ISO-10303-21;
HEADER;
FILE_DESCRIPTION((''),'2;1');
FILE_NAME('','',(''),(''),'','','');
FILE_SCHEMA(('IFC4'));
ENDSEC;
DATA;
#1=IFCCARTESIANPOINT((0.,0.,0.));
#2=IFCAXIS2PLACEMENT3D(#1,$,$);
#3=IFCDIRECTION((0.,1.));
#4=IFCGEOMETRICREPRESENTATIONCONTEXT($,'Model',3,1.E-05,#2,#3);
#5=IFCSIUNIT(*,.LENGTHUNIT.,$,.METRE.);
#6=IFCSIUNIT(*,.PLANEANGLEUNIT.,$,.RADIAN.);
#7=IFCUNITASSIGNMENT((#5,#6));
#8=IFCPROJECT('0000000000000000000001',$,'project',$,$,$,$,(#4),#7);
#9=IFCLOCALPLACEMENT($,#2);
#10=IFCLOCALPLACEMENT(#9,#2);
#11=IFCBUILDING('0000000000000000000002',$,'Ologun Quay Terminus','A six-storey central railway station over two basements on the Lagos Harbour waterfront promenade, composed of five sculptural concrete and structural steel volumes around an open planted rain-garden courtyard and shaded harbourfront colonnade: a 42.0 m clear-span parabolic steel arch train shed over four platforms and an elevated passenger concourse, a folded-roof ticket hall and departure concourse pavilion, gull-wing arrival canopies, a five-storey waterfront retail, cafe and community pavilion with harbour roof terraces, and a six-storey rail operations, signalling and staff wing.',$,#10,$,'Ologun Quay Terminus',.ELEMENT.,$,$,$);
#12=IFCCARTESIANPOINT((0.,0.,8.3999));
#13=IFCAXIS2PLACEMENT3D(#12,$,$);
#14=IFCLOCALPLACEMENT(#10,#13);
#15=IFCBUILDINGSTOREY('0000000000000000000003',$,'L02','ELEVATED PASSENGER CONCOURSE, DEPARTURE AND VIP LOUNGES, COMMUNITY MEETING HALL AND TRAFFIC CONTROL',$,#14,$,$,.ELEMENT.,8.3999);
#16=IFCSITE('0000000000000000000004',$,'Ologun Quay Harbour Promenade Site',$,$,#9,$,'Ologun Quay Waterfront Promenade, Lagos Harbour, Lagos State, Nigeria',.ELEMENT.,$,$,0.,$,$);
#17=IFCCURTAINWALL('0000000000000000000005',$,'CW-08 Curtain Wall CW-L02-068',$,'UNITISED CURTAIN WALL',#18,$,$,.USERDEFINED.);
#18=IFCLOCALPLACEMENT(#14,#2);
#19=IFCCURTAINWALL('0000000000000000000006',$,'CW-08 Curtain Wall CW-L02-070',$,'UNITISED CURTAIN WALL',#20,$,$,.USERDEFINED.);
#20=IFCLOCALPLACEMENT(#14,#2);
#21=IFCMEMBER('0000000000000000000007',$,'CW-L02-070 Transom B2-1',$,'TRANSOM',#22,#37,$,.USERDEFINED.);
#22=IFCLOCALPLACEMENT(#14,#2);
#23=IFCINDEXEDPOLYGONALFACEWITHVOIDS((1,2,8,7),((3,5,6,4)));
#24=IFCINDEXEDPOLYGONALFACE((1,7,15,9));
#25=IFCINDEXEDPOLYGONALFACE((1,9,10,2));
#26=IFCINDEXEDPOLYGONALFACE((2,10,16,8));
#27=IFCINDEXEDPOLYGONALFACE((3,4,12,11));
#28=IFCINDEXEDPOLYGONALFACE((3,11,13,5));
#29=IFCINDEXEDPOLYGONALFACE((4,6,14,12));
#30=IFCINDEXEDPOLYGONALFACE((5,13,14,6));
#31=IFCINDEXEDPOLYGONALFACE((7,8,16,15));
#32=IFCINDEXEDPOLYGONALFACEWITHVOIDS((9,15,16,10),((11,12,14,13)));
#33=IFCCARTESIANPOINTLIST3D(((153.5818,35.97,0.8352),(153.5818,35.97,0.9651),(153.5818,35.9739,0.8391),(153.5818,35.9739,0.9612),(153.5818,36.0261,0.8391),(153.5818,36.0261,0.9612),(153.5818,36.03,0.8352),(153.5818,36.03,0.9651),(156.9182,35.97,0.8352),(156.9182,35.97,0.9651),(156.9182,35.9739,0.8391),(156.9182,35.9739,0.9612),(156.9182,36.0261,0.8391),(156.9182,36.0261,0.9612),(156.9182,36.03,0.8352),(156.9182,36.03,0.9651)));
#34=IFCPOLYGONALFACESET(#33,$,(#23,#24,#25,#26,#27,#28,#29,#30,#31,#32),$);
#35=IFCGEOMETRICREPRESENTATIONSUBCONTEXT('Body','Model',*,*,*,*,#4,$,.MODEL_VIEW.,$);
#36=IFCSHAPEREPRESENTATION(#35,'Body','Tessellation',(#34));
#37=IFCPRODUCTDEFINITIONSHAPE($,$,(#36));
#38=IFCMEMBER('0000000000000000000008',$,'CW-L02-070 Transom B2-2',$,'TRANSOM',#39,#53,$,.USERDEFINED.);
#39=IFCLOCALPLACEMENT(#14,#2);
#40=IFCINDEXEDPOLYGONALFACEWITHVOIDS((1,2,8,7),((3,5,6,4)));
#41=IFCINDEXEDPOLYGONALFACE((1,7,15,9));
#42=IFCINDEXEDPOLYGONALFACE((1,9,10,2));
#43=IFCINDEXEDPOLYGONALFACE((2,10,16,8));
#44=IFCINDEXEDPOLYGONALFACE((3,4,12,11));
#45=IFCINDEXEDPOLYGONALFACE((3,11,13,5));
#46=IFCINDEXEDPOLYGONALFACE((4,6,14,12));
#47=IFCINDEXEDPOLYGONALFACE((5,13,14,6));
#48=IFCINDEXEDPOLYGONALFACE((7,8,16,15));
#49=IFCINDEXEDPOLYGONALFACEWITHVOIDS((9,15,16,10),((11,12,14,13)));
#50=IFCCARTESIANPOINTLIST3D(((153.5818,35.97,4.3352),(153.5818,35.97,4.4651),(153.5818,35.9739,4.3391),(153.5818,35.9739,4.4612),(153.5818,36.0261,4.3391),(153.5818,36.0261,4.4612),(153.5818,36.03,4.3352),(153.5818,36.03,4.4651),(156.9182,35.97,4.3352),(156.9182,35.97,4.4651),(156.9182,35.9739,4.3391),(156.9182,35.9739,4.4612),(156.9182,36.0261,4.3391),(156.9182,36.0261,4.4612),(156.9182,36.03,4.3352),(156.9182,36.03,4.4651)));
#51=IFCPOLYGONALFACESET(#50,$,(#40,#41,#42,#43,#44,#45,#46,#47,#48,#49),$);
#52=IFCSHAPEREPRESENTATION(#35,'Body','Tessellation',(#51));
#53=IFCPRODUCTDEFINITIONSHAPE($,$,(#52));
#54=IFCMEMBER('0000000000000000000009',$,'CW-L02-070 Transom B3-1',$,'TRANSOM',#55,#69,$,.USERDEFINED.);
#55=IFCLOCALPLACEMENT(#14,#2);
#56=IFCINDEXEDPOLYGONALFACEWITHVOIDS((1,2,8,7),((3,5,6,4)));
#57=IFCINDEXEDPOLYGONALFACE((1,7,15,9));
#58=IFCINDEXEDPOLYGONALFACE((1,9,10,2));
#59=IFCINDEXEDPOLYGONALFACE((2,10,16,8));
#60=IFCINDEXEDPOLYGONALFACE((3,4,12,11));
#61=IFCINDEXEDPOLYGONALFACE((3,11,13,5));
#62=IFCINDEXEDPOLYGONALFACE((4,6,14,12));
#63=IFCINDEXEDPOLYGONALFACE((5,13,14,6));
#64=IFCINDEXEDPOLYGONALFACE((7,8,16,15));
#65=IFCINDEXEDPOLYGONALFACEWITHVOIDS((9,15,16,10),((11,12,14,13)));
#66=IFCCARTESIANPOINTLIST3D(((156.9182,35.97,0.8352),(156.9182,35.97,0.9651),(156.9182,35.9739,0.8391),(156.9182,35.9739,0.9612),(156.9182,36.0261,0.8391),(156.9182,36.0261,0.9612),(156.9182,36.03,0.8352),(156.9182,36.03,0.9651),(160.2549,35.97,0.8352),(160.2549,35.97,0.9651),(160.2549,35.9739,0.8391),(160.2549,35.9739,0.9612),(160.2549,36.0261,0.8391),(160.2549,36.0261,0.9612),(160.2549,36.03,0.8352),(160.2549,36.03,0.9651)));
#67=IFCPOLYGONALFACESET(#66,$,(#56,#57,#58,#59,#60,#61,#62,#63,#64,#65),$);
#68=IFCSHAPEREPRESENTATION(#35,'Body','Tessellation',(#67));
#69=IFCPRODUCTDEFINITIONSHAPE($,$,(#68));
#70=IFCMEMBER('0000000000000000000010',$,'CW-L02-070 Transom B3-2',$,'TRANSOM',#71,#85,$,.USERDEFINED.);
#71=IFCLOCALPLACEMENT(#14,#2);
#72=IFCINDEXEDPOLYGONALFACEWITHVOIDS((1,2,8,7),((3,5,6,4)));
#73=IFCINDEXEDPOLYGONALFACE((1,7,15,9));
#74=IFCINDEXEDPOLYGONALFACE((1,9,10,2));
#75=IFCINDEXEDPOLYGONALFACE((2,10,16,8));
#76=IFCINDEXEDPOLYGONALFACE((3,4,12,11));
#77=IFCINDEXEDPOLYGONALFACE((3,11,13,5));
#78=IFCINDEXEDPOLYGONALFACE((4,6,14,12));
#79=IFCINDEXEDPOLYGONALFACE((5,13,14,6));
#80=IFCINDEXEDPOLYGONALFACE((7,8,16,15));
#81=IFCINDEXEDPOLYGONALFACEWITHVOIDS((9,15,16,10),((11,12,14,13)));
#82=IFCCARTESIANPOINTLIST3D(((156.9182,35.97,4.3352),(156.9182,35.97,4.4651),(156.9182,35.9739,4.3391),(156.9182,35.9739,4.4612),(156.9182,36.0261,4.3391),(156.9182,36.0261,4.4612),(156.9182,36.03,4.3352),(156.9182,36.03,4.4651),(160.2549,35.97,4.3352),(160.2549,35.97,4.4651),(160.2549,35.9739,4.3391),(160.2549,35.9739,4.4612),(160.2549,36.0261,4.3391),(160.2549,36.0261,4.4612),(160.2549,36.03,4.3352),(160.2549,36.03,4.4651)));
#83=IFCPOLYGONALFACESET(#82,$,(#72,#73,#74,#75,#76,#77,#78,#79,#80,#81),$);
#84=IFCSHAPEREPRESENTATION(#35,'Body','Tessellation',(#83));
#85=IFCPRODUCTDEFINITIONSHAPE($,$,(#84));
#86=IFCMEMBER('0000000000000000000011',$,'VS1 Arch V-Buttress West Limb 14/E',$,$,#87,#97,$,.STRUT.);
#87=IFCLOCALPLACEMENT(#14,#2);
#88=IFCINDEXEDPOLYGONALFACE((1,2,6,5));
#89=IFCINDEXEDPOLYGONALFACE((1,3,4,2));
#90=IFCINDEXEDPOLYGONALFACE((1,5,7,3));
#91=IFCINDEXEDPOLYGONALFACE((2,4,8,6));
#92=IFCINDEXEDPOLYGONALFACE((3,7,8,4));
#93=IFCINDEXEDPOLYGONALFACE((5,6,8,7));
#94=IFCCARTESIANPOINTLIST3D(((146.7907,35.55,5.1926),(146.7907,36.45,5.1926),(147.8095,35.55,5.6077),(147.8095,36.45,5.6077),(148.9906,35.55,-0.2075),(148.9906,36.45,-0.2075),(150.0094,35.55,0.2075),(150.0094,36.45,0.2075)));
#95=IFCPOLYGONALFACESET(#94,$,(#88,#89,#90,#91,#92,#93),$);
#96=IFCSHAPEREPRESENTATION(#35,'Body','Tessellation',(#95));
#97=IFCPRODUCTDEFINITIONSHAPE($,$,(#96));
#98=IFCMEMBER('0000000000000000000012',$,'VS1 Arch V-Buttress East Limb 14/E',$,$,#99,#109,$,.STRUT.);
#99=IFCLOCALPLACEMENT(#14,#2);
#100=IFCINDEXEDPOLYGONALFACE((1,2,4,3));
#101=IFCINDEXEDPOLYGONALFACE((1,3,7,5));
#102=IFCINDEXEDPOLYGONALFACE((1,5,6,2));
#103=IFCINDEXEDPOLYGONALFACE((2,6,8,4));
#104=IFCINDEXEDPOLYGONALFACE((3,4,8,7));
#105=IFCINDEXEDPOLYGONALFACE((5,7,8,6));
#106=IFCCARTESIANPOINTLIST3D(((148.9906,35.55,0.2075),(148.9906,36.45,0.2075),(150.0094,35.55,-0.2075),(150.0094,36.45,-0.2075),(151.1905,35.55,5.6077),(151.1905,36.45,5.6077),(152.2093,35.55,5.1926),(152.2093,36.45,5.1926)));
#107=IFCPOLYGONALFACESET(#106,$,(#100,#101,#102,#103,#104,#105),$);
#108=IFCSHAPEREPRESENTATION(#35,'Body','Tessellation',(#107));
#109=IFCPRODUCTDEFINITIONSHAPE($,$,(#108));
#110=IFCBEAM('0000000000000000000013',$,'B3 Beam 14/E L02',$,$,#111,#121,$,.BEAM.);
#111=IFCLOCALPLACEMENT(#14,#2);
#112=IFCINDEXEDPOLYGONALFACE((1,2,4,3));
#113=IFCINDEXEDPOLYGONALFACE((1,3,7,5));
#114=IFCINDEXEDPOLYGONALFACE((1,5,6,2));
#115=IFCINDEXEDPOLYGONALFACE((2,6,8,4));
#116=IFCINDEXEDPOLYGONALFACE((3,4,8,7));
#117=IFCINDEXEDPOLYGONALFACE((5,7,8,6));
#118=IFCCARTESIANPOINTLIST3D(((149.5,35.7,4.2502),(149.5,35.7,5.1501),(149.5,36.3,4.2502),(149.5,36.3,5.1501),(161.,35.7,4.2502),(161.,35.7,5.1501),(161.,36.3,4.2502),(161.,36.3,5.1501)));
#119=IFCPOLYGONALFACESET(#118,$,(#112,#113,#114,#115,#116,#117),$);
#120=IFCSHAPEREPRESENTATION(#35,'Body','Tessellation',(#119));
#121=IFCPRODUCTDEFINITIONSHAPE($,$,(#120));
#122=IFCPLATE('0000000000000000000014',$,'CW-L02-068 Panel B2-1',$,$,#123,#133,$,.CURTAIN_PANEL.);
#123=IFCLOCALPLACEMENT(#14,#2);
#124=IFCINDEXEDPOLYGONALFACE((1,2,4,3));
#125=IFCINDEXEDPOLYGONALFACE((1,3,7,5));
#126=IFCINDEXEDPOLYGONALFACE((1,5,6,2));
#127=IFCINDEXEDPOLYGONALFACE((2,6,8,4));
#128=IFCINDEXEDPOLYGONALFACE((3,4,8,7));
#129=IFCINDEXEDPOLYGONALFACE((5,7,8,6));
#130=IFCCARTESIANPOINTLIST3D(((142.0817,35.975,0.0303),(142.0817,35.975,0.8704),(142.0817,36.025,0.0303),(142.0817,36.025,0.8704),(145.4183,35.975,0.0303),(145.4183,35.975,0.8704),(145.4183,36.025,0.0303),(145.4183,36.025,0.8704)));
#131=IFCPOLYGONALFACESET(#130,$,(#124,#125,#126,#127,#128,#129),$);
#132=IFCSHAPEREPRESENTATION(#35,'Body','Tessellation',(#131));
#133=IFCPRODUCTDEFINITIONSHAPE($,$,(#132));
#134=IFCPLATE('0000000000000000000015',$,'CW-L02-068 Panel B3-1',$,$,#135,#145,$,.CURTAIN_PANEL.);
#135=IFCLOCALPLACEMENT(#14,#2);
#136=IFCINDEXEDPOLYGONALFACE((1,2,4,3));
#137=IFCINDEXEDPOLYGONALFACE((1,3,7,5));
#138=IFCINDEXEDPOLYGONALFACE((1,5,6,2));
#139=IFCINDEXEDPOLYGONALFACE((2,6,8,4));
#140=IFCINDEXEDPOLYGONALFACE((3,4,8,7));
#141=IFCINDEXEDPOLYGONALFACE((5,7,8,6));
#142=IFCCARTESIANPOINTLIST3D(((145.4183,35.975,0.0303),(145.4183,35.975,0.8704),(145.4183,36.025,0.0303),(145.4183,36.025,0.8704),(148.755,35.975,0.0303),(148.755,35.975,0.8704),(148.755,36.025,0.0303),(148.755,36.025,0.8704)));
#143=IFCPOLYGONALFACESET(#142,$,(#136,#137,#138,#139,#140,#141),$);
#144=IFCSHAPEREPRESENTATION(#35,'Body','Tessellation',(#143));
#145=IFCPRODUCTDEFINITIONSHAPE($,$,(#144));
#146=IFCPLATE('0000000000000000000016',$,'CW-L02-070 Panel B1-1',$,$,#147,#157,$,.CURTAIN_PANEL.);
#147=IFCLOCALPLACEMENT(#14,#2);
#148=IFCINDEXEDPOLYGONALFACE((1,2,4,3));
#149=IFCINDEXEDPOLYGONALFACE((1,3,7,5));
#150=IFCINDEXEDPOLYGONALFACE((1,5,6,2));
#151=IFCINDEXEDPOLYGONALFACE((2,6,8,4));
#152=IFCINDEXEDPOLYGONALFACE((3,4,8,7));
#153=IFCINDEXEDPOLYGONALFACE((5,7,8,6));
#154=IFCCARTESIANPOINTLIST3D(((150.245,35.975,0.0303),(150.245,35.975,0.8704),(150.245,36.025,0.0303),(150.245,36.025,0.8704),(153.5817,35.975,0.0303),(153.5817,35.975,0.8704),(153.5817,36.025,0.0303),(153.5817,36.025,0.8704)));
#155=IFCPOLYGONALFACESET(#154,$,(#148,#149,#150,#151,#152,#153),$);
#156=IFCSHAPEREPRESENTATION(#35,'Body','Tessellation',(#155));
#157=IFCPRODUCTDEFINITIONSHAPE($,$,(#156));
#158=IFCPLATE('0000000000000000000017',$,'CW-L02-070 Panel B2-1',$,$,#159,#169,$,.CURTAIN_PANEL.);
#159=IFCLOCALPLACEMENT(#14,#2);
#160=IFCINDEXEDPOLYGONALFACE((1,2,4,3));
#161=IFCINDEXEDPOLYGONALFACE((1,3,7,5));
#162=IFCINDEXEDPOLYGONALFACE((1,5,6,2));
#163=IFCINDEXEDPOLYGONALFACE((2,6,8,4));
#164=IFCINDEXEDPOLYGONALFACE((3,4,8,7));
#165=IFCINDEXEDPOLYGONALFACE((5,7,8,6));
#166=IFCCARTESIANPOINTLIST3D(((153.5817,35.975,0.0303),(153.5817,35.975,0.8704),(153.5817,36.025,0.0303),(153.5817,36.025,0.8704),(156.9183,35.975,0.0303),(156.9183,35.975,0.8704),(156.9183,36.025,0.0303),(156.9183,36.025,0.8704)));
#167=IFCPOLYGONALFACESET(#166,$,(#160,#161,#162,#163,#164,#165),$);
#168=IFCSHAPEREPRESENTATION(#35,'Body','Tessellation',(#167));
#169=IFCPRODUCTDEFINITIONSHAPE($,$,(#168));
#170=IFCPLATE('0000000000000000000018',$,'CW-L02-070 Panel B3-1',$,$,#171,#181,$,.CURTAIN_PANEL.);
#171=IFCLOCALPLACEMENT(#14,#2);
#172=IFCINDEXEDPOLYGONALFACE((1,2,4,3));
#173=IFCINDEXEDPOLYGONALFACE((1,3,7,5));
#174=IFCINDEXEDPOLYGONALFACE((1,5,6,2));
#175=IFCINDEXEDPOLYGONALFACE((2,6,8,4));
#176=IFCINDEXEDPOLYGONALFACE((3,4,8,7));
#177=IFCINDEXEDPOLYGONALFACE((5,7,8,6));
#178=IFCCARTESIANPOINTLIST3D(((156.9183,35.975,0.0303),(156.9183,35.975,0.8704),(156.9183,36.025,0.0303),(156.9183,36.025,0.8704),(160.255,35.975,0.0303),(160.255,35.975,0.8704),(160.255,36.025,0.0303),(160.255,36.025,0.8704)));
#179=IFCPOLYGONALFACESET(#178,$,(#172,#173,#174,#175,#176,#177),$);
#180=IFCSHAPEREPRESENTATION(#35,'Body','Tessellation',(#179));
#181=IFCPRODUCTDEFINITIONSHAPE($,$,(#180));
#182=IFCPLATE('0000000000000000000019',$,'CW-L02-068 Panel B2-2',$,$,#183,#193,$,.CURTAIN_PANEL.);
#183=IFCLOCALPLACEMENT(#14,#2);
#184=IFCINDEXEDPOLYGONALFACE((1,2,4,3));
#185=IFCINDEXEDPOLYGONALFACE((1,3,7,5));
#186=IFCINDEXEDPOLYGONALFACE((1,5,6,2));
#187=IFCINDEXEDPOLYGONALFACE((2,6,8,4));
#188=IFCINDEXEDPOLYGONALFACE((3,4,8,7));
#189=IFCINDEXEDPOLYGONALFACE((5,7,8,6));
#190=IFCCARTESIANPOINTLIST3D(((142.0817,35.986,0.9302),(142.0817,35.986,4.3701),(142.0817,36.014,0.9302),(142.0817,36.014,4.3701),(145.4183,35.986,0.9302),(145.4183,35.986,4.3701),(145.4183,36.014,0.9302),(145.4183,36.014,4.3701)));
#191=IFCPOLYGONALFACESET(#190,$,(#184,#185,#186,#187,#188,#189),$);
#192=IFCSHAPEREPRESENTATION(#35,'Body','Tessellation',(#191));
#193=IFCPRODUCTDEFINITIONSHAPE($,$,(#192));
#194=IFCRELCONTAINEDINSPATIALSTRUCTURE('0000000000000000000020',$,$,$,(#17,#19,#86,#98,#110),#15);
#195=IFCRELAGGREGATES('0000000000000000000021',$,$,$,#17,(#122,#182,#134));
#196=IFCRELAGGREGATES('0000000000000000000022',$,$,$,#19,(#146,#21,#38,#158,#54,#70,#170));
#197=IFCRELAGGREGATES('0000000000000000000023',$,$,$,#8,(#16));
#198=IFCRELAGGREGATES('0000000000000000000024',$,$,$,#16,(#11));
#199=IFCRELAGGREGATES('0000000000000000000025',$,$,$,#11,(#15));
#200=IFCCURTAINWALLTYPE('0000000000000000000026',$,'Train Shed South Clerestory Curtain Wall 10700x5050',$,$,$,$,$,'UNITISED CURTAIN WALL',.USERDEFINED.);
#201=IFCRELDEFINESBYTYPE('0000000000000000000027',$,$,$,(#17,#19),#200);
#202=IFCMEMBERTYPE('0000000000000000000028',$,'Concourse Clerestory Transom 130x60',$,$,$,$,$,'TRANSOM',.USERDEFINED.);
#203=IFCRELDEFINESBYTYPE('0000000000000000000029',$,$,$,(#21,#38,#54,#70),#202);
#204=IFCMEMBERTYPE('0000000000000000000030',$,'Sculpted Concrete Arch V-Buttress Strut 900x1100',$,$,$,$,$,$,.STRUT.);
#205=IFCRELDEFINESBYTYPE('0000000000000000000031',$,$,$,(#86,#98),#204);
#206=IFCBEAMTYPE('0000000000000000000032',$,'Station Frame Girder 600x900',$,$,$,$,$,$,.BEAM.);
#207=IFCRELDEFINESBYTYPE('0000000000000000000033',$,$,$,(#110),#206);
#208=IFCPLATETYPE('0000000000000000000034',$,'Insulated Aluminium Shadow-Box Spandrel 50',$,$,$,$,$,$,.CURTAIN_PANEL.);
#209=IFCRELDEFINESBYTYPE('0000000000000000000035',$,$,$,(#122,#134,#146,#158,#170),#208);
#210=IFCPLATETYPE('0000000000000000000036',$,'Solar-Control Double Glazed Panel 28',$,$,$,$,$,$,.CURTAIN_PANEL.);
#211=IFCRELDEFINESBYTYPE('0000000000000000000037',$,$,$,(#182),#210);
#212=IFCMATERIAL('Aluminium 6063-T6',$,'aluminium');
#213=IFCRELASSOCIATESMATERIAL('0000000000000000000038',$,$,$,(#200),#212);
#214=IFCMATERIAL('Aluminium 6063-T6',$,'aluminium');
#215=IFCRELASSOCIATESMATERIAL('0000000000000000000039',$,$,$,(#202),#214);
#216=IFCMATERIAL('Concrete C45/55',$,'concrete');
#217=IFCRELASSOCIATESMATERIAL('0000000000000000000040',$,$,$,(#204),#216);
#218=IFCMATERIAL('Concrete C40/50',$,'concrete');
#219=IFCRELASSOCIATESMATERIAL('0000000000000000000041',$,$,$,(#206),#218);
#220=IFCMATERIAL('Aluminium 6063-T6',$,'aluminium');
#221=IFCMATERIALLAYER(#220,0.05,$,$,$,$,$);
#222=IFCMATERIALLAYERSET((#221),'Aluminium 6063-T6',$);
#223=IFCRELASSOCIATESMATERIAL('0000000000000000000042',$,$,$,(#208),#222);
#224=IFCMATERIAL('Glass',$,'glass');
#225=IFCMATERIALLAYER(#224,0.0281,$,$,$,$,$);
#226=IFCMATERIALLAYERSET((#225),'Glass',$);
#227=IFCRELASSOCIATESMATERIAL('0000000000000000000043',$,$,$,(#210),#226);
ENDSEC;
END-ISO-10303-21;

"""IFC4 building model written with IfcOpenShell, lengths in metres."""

from ifc_helpers import new_model, si_unit, direction, frame, origin, origin_2d, place, context, subcontext, project, spatial, rectangle, hollow_rectangle, extrude, material, layer, layer_set, material_profile, profile_set, type_object, element, aggregate, save


model = new_model("IFC4")

# Units and contexts
model_context = context("Model", 3, precision=1e-05, world=origin(), true_north=direction((0.0, 1.0)))
body_context = subcontext(model_context, "Body", "Model", "MODEL_VIEW")
ifc_project = project(units=[si_unit("LENGTHUNIT", "METRE"), si_unit("PLANEANGLEUNIT", "RADIAN")], contexts=[model_context])

# Site, building, storey
site_placement = place(None, origin())
site = spatial("IfcSite", under=ifc_project, at=site_placement, Name="Ologun Quay Harbour Promenade Site", LongName="Ologun Quay Waterfront Promenade, Lagos Harbour, Lagos State, Nigeria", CompositionType="ELEMENT", RefElevation=0.0)
building_placement = place(site_placement, origin())
building = spatial("IfcBuilding", under=site, at=building_placement, Name="Ologun Quay Terminus", Description="A six-storey central railway station over two basements on the Lagos Harbour waterfront promenade, composed of five sculptural concrete and structural steel volumes around an open planted rain-garden courtyard and shaded harbourfront colonnade: a 42.0 m clear-span parabolic steel arch train shed over four platforms and an elevated passenger concourse, a folded-roof ticket hall and departure concourse pavilion, gull-wing arrival canopies, a five-storey waterfront retail, cafe and community pavilion with harbour roof terraces, and a six-storey rail operations, signalling and staff wing.", LongName="Ologun Quay Terminus", CompositionType="ELEMENT")
storey_placement = place(building_placement, frame((0.0, 0.0, 8.3999)))
storey = spatial("IfcBuildingStorey", under=building, at=storey_placement, Name="L02", Description="ELEVATED PASSENGER CONCOURSE, DEPARTURE AND VIP LOUNGES, COMMUNITY MEETING HALL AND TRAFFIC CONTROL", CompositionType="ELEMENT", Elevation=8.3999)

# Curtain walls
ifc_material_1 = material(Name="Aluminium 6063-T6", Category="aluminium")
curtain_wall_type = type_object("IfcCurtainWallType", Name="Train Shed South Clerestory Curtain Wall 10700x5050", ElementType="UNITISED CURTAIN WALL", PredefinedType="USERDEFINED", material=ifc_material_1)
curtain_wall_1_placement = place(storey_placement, origin())
curtain_wall_1 = element("IfcCurtainWall", 1, at=curtain_wall_1_placement, inside=storey, type_object=curtain_wall_type, Name="CW-08 Curtain Wall CW-L02-068", ObjectType="UNITISED CURTAIN WALL", PredefinedType="USERDEFINED")
curtain_wall_2_placement = place(storey_placement, origin())
curtain_wall_2 = element("IfcCurtainWall", 2, at=curtain_wall_2_placement, inside=storey, type_object=curtain_wall_type, Name="CW-08 Curtain Wall CW-L02-070", ObjectType="UNITISED CURTAIN WALL", PredefinedType="USERDEFINED")

# Members
ifc_material_2 = material(Name="Aluminium 6063-T6", Category="aluminium")
ifc_material_profile_1 = material_profile(ifc_material_2, hollow_rectangle(XDim=0.0601, YDim=0.1299, WallThickness=0.0039, at=origin_2d()), Name="ALU 130x60x4")
ifc_profile_set_1 = profile_set([ifc_material_profile_1], Name="Aluminium 6063-T6")
member_type_1 = type_object("IfcMemberType", Name="Concourse Clerestory Transom 130x60", ElementType="TRANSOM", PredefinedType="USERDEFINED", material=ifc_profile_set_1)
member_1_placement = place(storey_placement, frame((153.5818, 36.0, 0.9001), z_axis=(1.0, 0.0, 0.0), x_axis=(0.0, 1.0, 0.0)))
member_1 = element("IfcMember", 3, at=member_1_placement, type_object=member_type_1, Name="CW-L02-070 Transom B2-1", ObjectType="TRANSOM", PredefinedType="USERDEFINED", context=body_context, shape_type="SweptSolid", body=[
    extrude(hollow_rectangle(XDim=0.0601, YDim=0.1299, WallThickness=0.0039, at=origin_2d()), origin(), (0.0, 0.0, 1.0), 3.3364),
])
member_2_placement = place(storey_placement, frame((153.5818, 36.0, 4.4001), z_axis=(1.0, 0.0, 0.0), x_axis=(0.0, 1.0, 0.0)))
member_2 = element("IfcMember", 4, at=member_2_placement, type_object=member_type_1, Name="CW-L02-070 Transom B2-2", ObjectType="TRANSOM", PredefinedType="USERDEFINED", context=body_context, shape_type="SweptSolid", body=[
    extrude(hollow_rectangle(XDim=0.0601, YDim=0.1299, WallThickness=0.0039, at=origin_2d()), origin(), (0.0, 0.0, 1.0), 3.3364),
])
member_3_placement = place(storey_placement, frame((156.9182, 36.0, 0.9001), z_axis=(1.0, 0.0, 0.0), x_axis=(0.0, 1.0, 0.0)))
member_3 = element("IfcMember", 5, at=member_3_placement, type_object=member_type_1, Name="CW-L02-070 Transom B3-1", ObjectType="TRANSOM", PredefinedType="USERDEFINED", context=body_context, shape_type="SweptSolid", body=[
    extrude(hollow_rectangle(XDim=0.0601, YDim=0.1299, WallThickness=0.0039, at=origin_2d()), origin(), (0.0, 0.0, 1.0), 3.3367),
])
member_4_placement = place(storey_placement, frame((156.9182, 36.0, 4.4001), z_axis=(1.0, 0.0, 0.0), x_axis=(0.0, 1.0, 0.0)))
member_4 = element("IfcMember", 6, at=member_4_placement, type_object=member_type_1, Name="CW-L02-070 Transom B3-2", ObjectType="TRANSOM", PredefinedType="USERDEFINED", context=body_context, shape_type="SweptSolid", body=[
    extrude(hollow_rectangle(XDim=0.0601, YDim=0.1299, WallThickness=0.0039, at=origin_2d()), origin(), (0.0, 0.0, 1.0), 3.3367),
])

# Members
ifc_material_3 = material(Name="Concrete C45/55", Category="concrete")
ifc_material_profile_2 = material_profile(ifc_material_3, rectangle(XDim=0.8999, YDim=1.1001, at=origin_2d()), Name="RC 900x1100")
ifc_profile_set_2 = profile_set([ifc_material_profile_2], Name="Concrete C45/55")
member_type_2 = type_object("IfcMemberType", Name="Sculpted Concrete Arch V-Buttress Strut 900x1100", PredefinedType="STRUT", material=ifc_profile_set_2)
for number, where, z_axis, x_axis, name in (
    (7, (149.5, 36.0, 0.0), (-0.377281, 0.0, 0.926099), (0.0, -1.0, 0.0), "VS1 Arch V-Buttress West Limb 14/E"),
    (8, (149.5, 36.0, 0.0), (0.377281, 0.0, 0.926099), (0.0, 1.0, 0.0), "VS1 Arch V-Buttress East Limb 14/E"),
):
    element("IfcMember", number, at=place(storey_placement, frame(where, z_axis=z_axis, x_axis=x_axis)), inside=storey, type_object=member_type_2, Name=name, PredefinedType="STRUT", context=body_context, shape_type="SweptSolid", body=[
        extrude(rectangle(XDim=0.8999, YDim=1.1001, at=origin_2d()), origin(), (0.0, 0.0, 1.0), 5.8311),
    ])

# Beam
ifc_material_4 = material(Name="Concrete C40/50", Category="concrete")
ifc_material_profile_3 = material_profile(ifc_material_4, rectangle(XDim=0.6001, YDim=0.8999, at=origin_2d()), Name="RC 600x900")
ifc_profile_set_3 = profile_set([ifc_material_profile_3], Name="Concrete C40/50")
beam_type = type_object("IfcBeamType", Name="Station Frame Girder 600x900", PredefinedType="BEAM", material=ifc_profile_set_3)
beam_placement = place(storey_placement, frame((149.5, 36.0, 4.7002), z_axis=(1.0, 0.0, 0.0), x_axis=(0.0, 1.0, 0.0)))
element("IfcBeam", 9, at=beam_placement, inside=storey, type_object=beam_type, Name="B3 Beam 14/E L02", PredefinedType="BEAM", context=body_context, shape_type="SweptSolid", body=[
    extrude(rectangle(XDim=0.6001, YDim=0.8999, at=origin_2d()), origin(), (0.0, 0.0, 1.0), 11.5),
])

# Plates
ifc_material_5 = material(Name="Aluminium 6063-T6", Category="aluminium")
ifc_layer_1 = layer(ifc_material_5, 0.05)
ifc_layer_set_1 = layer_set([ifc_layer_1], Name="Aluminium 6063-T6")
plate_type_1 = type_object("IfcPlateType", Name="Insulated Aluminium Shadow-Box Spandrel 50", PredefinedType="CURTAIN_PANEL", material=ifc_layer_set_1)
plate_1_placement = place(storey_placement, frame((143.75, 36.0, 0.0303), z_axis=(0.0, 0.0, 1.0), x_axis=(1.0, 0.0, 0.0)))
plate_1 = element("IfcPlate", 10, at=plate_1_placement, type_object=plate_type_1, Name="CW-L02-068 Panel B2-1", PredefinedType="CURTAIN_PANEL", context=body_context, shape_type="SweptSolid", body=[
    extrude(rectangle(XDim=3.3367, YDim=0.05, at=origin_2d()), origin(), (0.0, 0.0, 1.0), 0.8401),
])
plate_2_placement = place(storey_placement, frame((147.0867, 36.0, 0.0303), z_axis=(0.0, 0.0, 1.0), x_axis=(1.0, 0.0, 0.0)))
plate_2 = element("IfcPlate", 11, at=plate_2_placement, type_object=plate_type_1, Name="CW-L02-068 Panel B3-1", PredefinedType="CURTAIN_PANEL", context=body_context, shape_type="SweptSolid", body=[
    extrude(rectangle(XDim=3.3367, YDim=0.05, at=origin_2d()), origin(), (0.0, 0.0, 1.0), 0.8401),
])
plate_3_placement = place(storey_placement, frame((151.9133, 36.0, 0.0303), z_axis=(0.0, 0.0, 1.0), x_axis=(1.0, 0.0, 0.0)))
plate_3 = element("IfcPlate", 12, at=plate_3_placement, type_object=plate_type_1, Name="CW-L02-070 Panel B1-1", PredefinedType="CURTAIN_PANEL", context=body_context, shape_type="SweptSolid", body=[
    extrude(rectangle(XDim=3.3367, YDim=0.05, at=origin_2d()), origin(), (0.0, 0.0, 1.0), 0.8401),
])
plate_4_placement = place(storey_placement, frame((155.25, 36.0, 0.0303), z_axis=(0.0, 0.0, 1.0), x_axis=(1.0, 0.0, 0.0)))
plate_4 = element("IfcPlate", 13, at=plate_4_placement, type_object=plate_type_1, Name="CW-L02-070 Panel B2-1", PredefinedType="CURTAIN_PANEL", context=body_context, shape_type="SweptSolid", body=[
    extrude(rectangle(XDim=3.3367, YDim=0.05, at=origin_2d()), origin(), (0.0, 0.0, 1.0), 0.8401),
])
plate_5_placement = place(storey_placement, frame((158.5867, 36.0, 0.0303), z_axis=(0.0, 0.0, 1.0), x_axis=(1.0, 0.0, 0.0)))
plate_5 = element("IfcPlate", 14, at=plate_5_placement, type_object=plate_type_1, Name="CW-L02-070 Panel B3-1", PredefinedType="CURTAIN_PANEL", context=body_context, shape_type="SweptSolid", body=[
    extrude(rectangle(XDim=3.3367, YDim=0.05, at=origin_2d()), origin(), (0.0, 0.0, 1.0), 0.8401),
])
ifc_material_6 = material(Name="Glass", Category="glass")
ifc_layer_2 = layer(ifc_material_6, 0.0281)
ifc_layer_set_2 = layer_set([ifc_layer_2], Name="Glass")
plate_type_2 = type_object("IfcPlateType", Name="Solar-Control Double Glazed Panel 28", PredefinedType="CURTAIN_PANEL", material=ifc_layer_set_2)
plate_6_placement = place(storey_placement, frame((143.75, 36.0, 0.9302), z_axis=(0.0, 0.0, 1.0), x_axis=(1.0, 0.0, 0.0)))
plate_6 = element("IfcPlate", 15, at=plate_6_placement, type_object=plate_type_2, Name="CW-L02-068 Panel B2-2", PredefinedType="CURTAIN_PANEL", context=body_context, shape_type="SweptSolid", body=[
    extrude(rectangle(XDim=3.3367, YDim=0.0281, at=origin_2d()), origin(), (0.0, 0.0, 1.0), 3.4399),
])
aggregate(curtain_wall_1, [plate_1, plate_6, plate_2])
aggregate(curtain_wall_2, [plate_3, member_1, member_2, plate_4, member_3, member_4, plate_5])

save(model, "model.ifc")
